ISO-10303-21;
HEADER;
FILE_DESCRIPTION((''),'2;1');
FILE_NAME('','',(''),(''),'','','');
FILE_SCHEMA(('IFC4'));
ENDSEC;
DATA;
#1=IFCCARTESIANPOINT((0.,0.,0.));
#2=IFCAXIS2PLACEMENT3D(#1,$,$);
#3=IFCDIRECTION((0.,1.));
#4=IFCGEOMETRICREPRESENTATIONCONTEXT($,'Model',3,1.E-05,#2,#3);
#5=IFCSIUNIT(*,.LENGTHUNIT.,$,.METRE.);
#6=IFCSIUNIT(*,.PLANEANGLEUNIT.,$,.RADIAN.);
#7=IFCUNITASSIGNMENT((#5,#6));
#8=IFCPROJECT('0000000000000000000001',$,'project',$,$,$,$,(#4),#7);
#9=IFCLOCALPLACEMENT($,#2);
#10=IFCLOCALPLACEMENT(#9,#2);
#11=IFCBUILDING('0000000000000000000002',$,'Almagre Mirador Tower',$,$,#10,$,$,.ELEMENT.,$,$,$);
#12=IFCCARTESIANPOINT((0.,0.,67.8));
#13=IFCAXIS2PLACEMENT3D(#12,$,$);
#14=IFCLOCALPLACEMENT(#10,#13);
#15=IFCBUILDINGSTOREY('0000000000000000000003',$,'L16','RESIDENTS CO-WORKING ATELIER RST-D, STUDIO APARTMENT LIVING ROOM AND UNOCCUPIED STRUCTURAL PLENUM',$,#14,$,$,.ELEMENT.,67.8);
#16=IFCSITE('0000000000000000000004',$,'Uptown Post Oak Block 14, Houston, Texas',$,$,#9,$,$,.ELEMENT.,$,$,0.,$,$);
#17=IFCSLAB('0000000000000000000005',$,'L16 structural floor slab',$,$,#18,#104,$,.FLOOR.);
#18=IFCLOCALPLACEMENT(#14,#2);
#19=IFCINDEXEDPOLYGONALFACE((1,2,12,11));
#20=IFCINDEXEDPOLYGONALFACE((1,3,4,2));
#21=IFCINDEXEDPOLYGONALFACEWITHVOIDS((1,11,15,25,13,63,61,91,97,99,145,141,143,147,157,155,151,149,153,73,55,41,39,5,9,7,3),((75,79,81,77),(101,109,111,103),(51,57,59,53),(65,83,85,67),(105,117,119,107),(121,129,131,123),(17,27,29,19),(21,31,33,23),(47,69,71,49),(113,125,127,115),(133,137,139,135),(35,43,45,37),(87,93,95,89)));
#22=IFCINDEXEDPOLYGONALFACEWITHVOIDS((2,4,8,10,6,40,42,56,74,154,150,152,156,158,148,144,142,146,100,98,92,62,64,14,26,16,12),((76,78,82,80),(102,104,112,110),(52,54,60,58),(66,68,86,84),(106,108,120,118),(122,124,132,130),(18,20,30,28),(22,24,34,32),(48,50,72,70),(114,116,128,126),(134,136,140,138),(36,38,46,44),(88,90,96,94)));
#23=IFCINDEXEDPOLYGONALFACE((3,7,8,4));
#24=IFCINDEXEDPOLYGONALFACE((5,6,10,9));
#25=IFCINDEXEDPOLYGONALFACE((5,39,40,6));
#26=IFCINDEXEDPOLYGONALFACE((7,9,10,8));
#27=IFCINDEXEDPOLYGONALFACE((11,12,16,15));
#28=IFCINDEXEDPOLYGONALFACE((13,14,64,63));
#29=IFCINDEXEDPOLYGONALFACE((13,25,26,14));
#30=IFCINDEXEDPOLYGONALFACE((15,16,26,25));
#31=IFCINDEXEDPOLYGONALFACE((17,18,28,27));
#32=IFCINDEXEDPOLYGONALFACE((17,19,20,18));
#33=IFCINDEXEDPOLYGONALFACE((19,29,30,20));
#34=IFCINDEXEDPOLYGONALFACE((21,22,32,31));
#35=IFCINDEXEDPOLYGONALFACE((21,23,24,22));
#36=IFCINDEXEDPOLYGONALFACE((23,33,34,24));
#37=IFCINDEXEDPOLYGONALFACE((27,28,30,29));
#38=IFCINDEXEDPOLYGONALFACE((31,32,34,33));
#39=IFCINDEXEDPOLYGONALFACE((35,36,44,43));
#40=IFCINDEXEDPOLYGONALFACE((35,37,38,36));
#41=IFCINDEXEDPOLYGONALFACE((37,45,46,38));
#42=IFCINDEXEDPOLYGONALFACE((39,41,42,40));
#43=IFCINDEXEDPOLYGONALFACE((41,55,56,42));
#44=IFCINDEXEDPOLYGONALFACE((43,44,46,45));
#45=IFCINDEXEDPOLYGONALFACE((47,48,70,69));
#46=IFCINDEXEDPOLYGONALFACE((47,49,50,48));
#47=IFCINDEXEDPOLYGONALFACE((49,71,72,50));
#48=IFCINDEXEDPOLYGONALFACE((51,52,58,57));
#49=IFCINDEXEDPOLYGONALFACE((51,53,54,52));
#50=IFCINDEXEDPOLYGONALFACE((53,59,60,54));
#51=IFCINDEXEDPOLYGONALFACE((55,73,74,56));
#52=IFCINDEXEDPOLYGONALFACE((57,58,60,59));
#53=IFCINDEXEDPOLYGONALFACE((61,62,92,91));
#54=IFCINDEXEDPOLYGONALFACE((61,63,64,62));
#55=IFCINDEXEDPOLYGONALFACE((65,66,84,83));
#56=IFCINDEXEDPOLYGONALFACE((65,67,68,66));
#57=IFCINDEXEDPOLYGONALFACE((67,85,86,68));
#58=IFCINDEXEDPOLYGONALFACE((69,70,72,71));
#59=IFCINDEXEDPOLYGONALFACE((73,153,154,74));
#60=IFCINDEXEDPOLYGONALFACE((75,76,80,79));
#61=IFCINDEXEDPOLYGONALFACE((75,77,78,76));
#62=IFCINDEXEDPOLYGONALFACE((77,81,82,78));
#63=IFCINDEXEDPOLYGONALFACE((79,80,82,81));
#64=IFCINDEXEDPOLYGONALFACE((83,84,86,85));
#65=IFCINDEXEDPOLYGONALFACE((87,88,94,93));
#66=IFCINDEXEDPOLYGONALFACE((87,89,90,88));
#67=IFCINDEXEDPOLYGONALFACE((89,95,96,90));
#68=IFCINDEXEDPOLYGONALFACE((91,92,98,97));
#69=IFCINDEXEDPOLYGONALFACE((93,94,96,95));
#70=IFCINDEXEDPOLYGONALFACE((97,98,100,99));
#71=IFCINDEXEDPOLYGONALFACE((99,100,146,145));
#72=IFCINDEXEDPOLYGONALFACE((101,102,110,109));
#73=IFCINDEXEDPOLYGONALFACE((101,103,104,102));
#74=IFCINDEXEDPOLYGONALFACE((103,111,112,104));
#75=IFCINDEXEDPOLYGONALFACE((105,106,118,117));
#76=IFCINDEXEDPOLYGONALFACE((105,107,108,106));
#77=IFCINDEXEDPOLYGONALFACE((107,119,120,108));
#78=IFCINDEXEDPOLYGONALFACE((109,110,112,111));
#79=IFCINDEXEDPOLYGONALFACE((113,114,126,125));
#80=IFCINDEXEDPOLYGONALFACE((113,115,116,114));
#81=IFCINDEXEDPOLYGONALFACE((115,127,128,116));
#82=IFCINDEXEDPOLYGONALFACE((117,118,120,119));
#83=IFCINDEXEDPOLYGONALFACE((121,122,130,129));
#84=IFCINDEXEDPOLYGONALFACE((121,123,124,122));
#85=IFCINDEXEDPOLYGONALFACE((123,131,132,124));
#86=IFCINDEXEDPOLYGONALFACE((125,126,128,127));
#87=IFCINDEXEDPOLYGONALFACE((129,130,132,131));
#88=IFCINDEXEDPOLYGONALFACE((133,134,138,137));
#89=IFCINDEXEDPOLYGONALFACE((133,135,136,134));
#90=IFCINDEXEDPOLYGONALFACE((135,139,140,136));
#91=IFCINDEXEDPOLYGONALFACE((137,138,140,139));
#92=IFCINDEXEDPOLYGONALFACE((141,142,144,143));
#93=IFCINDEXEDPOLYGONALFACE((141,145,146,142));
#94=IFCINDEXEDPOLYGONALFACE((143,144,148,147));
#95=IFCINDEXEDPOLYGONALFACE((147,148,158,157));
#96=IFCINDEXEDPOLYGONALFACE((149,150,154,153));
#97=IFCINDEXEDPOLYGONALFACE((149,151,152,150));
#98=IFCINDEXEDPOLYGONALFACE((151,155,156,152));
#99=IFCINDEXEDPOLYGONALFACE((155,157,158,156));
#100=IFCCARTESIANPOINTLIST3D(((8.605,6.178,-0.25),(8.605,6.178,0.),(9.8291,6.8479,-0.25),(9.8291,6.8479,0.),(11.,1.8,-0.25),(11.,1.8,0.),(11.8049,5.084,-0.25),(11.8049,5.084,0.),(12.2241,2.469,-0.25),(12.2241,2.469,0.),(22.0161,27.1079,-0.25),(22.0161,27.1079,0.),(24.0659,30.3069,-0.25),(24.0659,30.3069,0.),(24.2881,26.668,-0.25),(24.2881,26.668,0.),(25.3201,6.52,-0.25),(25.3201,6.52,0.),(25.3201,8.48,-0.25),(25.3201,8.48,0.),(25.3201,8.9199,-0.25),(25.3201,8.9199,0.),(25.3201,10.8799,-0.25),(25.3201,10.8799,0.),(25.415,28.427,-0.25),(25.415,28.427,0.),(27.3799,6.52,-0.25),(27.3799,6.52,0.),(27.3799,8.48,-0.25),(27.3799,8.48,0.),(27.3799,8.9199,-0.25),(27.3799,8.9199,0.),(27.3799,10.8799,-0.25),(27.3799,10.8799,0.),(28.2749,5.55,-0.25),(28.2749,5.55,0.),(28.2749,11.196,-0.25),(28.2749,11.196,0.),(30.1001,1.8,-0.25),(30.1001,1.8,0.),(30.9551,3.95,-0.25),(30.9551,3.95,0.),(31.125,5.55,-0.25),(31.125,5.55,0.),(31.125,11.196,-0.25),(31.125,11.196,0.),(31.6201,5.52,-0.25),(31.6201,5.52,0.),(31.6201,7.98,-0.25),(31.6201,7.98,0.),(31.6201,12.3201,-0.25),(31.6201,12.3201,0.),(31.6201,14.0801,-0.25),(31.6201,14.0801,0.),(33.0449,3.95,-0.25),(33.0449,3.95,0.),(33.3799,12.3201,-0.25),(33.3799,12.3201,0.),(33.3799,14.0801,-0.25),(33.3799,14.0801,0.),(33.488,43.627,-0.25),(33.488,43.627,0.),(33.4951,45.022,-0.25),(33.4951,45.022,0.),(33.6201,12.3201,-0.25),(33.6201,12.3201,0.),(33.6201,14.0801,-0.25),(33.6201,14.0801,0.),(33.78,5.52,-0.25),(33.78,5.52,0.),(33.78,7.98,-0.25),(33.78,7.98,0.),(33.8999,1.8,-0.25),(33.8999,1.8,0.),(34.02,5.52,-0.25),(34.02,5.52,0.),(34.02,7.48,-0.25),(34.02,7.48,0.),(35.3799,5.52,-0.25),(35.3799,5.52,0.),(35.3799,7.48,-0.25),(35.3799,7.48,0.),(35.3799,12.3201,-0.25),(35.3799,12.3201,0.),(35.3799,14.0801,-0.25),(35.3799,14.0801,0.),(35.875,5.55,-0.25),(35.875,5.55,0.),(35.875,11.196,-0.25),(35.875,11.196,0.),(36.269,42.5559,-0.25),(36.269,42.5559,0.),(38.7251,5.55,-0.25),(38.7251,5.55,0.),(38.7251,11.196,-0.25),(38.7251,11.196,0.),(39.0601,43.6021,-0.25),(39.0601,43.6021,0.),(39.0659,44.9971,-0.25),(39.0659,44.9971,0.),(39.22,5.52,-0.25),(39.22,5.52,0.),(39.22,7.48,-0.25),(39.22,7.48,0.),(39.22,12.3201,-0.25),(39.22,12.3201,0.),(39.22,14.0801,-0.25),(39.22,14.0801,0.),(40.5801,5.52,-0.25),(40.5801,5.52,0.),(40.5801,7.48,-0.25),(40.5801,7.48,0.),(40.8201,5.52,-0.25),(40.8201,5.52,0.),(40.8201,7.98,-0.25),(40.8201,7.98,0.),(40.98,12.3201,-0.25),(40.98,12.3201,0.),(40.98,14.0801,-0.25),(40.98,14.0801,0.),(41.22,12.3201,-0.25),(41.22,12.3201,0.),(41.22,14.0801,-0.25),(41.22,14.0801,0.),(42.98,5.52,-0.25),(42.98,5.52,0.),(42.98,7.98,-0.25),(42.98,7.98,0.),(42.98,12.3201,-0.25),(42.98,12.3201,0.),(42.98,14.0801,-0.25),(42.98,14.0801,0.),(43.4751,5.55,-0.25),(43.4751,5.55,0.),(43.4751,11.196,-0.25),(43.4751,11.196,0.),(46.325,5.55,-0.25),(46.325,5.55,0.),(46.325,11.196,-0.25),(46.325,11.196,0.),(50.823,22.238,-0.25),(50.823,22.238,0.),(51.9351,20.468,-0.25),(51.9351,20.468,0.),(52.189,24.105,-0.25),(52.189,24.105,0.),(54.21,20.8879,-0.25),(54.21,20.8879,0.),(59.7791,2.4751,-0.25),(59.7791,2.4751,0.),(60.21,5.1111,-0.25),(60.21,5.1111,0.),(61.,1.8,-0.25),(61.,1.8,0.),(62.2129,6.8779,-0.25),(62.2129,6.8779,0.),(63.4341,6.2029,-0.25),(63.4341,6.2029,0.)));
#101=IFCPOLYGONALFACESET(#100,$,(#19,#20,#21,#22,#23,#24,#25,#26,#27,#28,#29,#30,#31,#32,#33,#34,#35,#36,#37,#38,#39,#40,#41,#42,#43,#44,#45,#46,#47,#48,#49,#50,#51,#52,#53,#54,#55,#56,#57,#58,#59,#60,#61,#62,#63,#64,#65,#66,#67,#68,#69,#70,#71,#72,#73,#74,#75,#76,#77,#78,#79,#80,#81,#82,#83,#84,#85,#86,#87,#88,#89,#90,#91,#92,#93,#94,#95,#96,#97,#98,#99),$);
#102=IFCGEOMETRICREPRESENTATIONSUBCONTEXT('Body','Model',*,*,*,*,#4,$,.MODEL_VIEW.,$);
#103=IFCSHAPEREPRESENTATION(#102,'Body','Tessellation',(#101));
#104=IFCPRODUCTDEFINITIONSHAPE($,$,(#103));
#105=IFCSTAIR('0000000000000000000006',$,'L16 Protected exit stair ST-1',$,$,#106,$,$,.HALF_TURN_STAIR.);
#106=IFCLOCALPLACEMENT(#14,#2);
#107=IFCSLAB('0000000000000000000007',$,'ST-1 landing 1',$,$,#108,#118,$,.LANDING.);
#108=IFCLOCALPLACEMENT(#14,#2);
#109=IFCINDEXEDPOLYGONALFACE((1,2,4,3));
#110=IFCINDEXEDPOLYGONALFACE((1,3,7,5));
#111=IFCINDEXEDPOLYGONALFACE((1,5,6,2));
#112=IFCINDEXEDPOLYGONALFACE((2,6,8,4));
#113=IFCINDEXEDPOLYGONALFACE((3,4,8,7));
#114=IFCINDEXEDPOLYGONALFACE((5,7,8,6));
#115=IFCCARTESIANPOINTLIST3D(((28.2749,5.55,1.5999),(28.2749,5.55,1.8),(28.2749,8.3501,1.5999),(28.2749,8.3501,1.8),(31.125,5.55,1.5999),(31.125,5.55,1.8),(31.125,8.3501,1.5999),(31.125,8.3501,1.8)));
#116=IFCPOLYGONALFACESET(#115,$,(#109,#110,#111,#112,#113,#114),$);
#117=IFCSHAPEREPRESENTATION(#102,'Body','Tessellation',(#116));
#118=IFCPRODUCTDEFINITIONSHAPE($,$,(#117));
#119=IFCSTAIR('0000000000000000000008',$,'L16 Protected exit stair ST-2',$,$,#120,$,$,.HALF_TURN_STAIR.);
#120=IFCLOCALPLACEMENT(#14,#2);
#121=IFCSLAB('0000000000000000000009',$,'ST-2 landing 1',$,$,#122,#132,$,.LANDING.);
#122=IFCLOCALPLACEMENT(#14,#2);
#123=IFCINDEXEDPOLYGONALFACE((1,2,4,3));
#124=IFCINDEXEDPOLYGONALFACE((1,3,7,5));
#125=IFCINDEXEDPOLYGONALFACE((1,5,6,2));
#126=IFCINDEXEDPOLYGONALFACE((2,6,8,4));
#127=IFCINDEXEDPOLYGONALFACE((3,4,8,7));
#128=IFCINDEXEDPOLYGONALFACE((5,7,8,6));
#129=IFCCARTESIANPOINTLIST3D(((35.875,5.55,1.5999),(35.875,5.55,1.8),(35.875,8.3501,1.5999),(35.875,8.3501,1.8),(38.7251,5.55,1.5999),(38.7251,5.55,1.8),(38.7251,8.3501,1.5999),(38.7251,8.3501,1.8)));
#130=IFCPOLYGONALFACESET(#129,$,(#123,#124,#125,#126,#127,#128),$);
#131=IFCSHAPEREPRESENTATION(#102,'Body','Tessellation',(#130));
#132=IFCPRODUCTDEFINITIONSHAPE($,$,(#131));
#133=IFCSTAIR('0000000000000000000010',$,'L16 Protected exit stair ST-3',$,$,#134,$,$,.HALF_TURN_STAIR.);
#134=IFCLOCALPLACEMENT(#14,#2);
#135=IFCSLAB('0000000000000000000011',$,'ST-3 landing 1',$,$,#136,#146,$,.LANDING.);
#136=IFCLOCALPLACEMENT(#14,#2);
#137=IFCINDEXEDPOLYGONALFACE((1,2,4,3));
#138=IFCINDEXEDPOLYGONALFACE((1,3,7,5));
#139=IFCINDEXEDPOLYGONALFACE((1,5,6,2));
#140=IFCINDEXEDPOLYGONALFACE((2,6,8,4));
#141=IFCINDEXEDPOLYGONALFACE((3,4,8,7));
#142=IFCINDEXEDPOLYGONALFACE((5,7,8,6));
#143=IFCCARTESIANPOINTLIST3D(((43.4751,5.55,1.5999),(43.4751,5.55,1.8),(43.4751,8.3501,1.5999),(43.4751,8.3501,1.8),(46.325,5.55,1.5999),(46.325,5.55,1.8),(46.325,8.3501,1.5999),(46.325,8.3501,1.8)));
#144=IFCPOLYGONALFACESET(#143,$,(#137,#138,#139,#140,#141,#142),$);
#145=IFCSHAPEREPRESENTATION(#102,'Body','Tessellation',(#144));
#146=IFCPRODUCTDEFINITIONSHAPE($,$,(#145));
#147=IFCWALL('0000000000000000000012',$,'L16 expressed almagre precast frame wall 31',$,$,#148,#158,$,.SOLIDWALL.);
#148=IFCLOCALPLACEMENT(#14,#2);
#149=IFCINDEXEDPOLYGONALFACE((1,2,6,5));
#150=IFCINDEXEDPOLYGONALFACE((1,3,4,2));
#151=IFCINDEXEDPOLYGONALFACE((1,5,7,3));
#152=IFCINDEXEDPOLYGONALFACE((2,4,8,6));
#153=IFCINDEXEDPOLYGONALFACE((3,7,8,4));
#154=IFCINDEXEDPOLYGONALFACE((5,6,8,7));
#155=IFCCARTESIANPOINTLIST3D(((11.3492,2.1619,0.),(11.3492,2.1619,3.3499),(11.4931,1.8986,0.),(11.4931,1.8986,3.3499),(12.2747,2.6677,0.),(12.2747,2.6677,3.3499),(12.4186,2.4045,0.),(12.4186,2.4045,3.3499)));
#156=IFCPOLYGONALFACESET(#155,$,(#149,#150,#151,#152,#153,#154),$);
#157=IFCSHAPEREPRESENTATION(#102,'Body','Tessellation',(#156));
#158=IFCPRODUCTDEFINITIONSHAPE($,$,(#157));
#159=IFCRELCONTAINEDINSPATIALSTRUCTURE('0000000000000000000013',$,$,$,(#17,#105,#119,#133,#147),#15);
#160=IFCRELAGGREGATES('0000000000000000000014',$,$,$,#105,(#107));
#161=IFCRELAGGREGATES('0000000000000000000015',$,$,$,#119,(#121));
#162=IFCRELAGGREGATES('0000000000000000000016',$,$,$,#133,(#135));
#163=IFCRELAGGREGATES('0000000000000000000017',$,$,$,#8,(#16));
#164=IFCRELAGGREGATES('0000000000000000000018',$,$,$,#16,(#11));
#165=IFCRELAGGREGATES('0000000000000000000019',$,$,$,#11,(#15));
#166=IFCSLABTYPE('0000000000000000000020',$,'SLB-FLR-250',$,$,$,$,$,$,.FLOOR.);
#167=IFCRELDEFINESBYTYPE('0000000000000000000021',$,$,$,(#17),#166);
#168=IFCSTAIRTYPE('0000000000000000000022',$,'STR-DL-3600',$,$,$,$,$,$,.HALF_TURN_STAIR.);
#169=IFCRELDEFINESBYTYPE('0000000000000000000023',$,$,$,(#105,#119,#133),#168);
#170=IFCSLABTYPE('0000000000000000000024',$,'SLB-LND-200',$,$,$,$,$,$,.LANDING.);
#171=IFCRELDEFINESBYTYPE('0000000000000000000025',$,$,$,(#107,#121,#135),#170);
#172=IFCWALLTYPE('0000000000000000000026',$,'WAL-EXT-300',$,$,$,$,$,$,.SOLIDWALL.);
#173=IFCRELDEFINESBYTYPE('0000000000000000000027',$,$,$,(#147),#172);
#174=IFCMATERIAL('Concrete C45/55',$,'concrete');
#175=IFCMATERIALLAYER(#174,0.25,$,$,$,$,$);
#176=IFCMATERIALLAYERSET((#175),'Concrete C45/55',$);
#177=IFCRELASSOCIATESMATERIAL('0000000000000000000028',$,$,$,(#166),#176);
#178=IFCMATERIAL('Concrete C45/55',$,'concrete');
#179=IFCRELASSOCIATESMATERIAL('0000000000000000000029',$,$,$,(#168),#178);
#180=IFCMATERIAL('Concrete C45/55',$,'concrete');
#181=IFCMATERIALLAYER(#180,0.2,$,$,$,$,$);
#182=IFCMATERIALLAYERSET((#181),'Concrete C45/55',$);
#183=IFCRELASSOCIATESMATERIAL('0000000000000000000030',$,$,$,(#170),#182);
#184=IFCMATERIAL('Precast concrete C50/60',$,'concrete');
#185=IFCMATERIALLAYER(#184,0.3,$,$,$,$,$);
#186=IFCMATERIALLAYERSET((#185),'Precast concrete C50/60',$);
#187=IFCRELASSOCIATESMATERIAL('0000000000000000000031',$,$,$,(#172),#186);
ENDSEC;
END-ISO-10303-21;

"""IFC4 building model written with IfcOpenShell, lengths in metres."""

from ifc_helpers import new_model, si_unit, direction, frame, frame_2d, origin, place, context, subcontext, project, spatial, polyline, rectangle, outline, extrude, material, layer, layer_set, type_object, element, aggregate, save


model = new_model("IFC4")

# Units and contexts
model_context = context("Model", 3, precision=1e-05, world=origin(), true_north=direction((0.0, 1.0)))
body_context = subcontext(model_context, "Body", "Model", "MODEL_VIEW")
ifc_project = project(units=[si_unit("LENGTHUNIT", "METRE"), si_unit("PLANEANGLEUNIT", "RADIAN")], contexts=[model_context])

# Site, building, storey
site_placement = place(None, origin())
site = spatial("IfcSite", under=ifc_project, at=site_placement, Name="Uptown Post Oak Block 14, Houston, Texas", CompositionType="ELEMENT", RefElevation=0.0)
building_placement = place(site_placement, origin())
building = spatial("IfcBuilding", under=site, at=building_placement, Name="Almagre Mirador Tower", CompositionType="ELEMENT")
storey_placement = place(building_placement, frame((0.0, 0.0, 67.8)))
storey = spatial("IfcBuildingStorey", under=building, at=storey_placement, Name="L16", Description="RESIDENTS CO-WORKING ATELIER RST-D, STUDIO APARTMENT LIVING ROOM AND UNOCCUPIED STRUCTURAL PLENUM", CompositionType="ELEMENT", Elevation=67.8)

# Slab
ifc_material_1 = material(Name="Concrete C45/55", Category="concrete")
ifc_layer_1 = layer(ifc_material_1, 0.25)
ifc_layer_set_1 = layer_set([ifc_layer_1], Name="Concrete C45/55")
slab_type_1 = type_object("IfcSlabType", Name="SLB-FLR-250", PredefinedType="FLOOR", material=ifc_layer_set_1)
slab_1_placement = place(storey_placement, frame((0.0, 0.0, -0.25)))
element("IfcSlab", 1, at=slab_1_placement, inside=storey, type_object=slab_type_1, Name="L16 structural floor slab", PredefinedType="FLOOR", context=body_context, shape_type="SweptSolid", body=[
    extrude(outline(polyline([(8.605, 6.178), (9.8291, 6.8479), (11.8049, 5.084), (12.2241, 2.469), (11.0, 1.8), (30.1001, 1.8), (30.9551, 3.95), (33.0449, 3.95), (33.8999, 1.8), (61.0, 1.8), (59.7791, 2.4751), (60.21, 5.1111), (62.2129, 6.8779), (63.4341, 6.2029), (54.21, 20.8879), (51.9351, 20.468), (50.823, 22.238), (52.189, 24.105), (39.0659, 44.9971), (39.0601, 43.6021), (36.269, 42.5559), (33.488, 43.627), (33.4951, 45.022), (24.0659, 30.3069), (25.415, 28.427), (24.2881, 26.668), (22.0161, 27.1079), (8.605, 6.178)]), holes=[polyline([(43.4751, 11.196), (46.325, 11.196), (46.325, 5.55), (43.4751, 5.55), (43.4751, 11.196)]), polyline([(40.8201, 5.52), (40.8201, 7.98), (42.98, 7.98), (42.98, 5.52), (40.8201, 5.52)]), polyline([(41.22, 12.3201), (41.22, 14.0801), (42.98, 14.0801), (42.98, 12.3201), (41.22, 12.3201)]), polyline([(39.22, 12.3201), (39.22, 14.0801), (40.98, 14.0801), (40.98, 12.3201), (39.22, 12.3201)]), polyline([(39.22, 5.52), (39.22, 7.48), (40.5801, 7.48), (40.5801, 5.52), (39.22, 5.52)]), polyline([(35.875, 11.196), (38.7251, 11.196), (38.7251, 5.55), (35.875, 5.55), (35.875, 11.196)]), polyline([(35.3799, 5.52), (34.02, 5.52), (34.02, 7.48), (35.3799, 7.48), (35.3799, 5.52)]), polyline([(35.3799, 12.3201), (33.6201, 12.3201), (33.6201, 14.0801), (35.3799, 14.0801), (35.3799, 12.3201)]), polyline([(31.6201, 5.52), (31.6201, 7.98), (33.78, 7.98), (33.78, 5.52), (31.6201, 5.52)]), polyline([(31.6201, 12.3201), (31.6201, 14.0801), (33.3799, 14.0801), (33.3799, 12.3201), (31.6201, 12.3201)]), polyline([(28.2749, 5.55), (28.2749, 11.196), (31.125, 11.196), (31.125, 5.55), (28.2749, 5.55)]), polyline([(25.3201, 6.52), (25.3201, 8.48), (27.3799, 8.48), (27.3799, 6.52), (25.3201, 6.52)]), polyline([(25.3201, 8.9199), (25.3201, 10.8799), (27.3799, 10.8799), (27.3799, 8.9199), (25.3201, 8.9199)])]), origin(), (0.0, 0.0, 1.0), 0.25),
])

# Stairs, slabs
ifc_material_2 = material(Name="Concrete C45/55", Category="concrete")
stair_type = type_object("IfcStairType", Name="STR-DL-3600", PredefinedType="HALF_TURN_STAIR", material=ifc_material_2)
stair_1_placement = place(storey_placement, origin())
stair_1 = element("IfcStair", 2, at=stair_1_placement, inside=storey, type_object=stair_type, Name="L16 Protected exit stair ST-1", PredefinedType="HALF_TURN_STAIR")
ifc_material_3 = material(Name="Concrete C45/55", Category="concrete")
ifc_layer_2 = layer(ifc_material_3, 0.2)
ifc_layer_set_2 = layer_set([ifc_layer_2], Name="Concrete C45/55")
slab_type_2 = type_object("IfcSlabType", Name="SLB-LND-200", PredefinedType="LANDING", material=ifc_layer_set_2)
slab_2_placement = place(storey_placement, frame((0.0, 0.0, 1.5999)))
slab_2 = element("IfcSlab", 3, at=slab_2_placement, type_object=slab_type_2, Name="ST-1 landing 1", PredefinedType="LANDING", context=body_context, shape_type="SweptSolid", body=[
    extrude(outline(polyline([(28.2749, 8.3501), (28.2749, 5.55), (31.125, 5.55), (31.125, 8.3501), (28.2749, 8.3501)])), origin(), (0.0, 0.0, 1.0), 0.2002),
])
aggregate(stair_1, [slab_2])
stair_2_placement = place(storey_placement, origin())
stair_2 = element("IfcStair", 4, at=stair_2_placement, inside=storey, type_object=stair_type, Name="L16 Protected exit stair ST-2", PredefinedType="HALF_TURN_STAIR")
slab_3_placement = place(storey_placement, frame((0.0, 0.0, 1.5999)))
slab_3 = element("IfcSlab", 5, at=slab_3_placement, type_object=slab_type_2, Name="ST-2 landing 1", PredefinedType="LANDING", context=body_context, shape_type="SweptSolid", body=[
    extrude(outline(polyline([(35.875, 8.3501), (35.875, 5.55), (38.7251, 5.55), (38.7251, 8.3501), (35.875, 8.3501)])), origin(), (0.0, 0.0, 1.0), 0.2002),
])
aggregate(stair_2, [slab_3])
stair_3_placement = place(storey_placement, origin())
stair_3 = element("IfcStair", 6, at=stair_3_placement, inside=storey, type_object=stair_type, Name="L16 Protected exit stair ST-3", PredefinedType="HALF_TURN_STAIR")
slab_4_placement = place(storey_placement, frame((0.0, 0.0, 1.5999)))
slab_4 = element("IfcSlab", 7, at=slab_4_placement, type_object=slab_type_2, Name="ST-3 landing 1", PredefinedType="LANDING", context=body_context, shape_type="SweptSolid", body=[
    extrude(outline(polyline([(43.4751, 8.3501), (43.4751, 5.55), (46.325, 5.55), (46.325, 8.3501), (43.4751, 8.3501)])), origin(), (0.0, 0.0, 1.0), 0.2002),
])
aggregate(stair_3, [slab_4])

# Wall
ifc_material_4 = material(Name="Precast concrete C50/60", Category="concrete")
ifc_layer_3 = layer(ifc_material_4, 0.3)
ifc_layer_set_3 = layer_set([ifc_layer_3], Name="Precast concrete C50/60")
wall_type = type_object("IfcWallType", Name="WAL-EXT-300", PredefinedType="SOLIDWALL", material=ifc_layer_set_3)
wall_1_placement = place(storey_placement, frame((11.4211, 2.0303, 0.0), z_axis=(0.0, 0.0, 1.0), x_axis=(0.877488, 0.479598, 0.0)))
element("IfcWall", 8, at=wall_1_placement, inside=storey, type_object=wall_type, Name="L16 expressed almagre precast frame wall 31", PredefinedType="SOLIDWALL", context=body_context, shape_type="SweptSolid", body=[
    extrude(rectangle(XDim=1.0547, YDim=0.3, at=frame_2d((0.5273, 0.0))), origin(), (0.0, 0.0, 1.0), 3.3499),
])

save(model, "model.ifc")
